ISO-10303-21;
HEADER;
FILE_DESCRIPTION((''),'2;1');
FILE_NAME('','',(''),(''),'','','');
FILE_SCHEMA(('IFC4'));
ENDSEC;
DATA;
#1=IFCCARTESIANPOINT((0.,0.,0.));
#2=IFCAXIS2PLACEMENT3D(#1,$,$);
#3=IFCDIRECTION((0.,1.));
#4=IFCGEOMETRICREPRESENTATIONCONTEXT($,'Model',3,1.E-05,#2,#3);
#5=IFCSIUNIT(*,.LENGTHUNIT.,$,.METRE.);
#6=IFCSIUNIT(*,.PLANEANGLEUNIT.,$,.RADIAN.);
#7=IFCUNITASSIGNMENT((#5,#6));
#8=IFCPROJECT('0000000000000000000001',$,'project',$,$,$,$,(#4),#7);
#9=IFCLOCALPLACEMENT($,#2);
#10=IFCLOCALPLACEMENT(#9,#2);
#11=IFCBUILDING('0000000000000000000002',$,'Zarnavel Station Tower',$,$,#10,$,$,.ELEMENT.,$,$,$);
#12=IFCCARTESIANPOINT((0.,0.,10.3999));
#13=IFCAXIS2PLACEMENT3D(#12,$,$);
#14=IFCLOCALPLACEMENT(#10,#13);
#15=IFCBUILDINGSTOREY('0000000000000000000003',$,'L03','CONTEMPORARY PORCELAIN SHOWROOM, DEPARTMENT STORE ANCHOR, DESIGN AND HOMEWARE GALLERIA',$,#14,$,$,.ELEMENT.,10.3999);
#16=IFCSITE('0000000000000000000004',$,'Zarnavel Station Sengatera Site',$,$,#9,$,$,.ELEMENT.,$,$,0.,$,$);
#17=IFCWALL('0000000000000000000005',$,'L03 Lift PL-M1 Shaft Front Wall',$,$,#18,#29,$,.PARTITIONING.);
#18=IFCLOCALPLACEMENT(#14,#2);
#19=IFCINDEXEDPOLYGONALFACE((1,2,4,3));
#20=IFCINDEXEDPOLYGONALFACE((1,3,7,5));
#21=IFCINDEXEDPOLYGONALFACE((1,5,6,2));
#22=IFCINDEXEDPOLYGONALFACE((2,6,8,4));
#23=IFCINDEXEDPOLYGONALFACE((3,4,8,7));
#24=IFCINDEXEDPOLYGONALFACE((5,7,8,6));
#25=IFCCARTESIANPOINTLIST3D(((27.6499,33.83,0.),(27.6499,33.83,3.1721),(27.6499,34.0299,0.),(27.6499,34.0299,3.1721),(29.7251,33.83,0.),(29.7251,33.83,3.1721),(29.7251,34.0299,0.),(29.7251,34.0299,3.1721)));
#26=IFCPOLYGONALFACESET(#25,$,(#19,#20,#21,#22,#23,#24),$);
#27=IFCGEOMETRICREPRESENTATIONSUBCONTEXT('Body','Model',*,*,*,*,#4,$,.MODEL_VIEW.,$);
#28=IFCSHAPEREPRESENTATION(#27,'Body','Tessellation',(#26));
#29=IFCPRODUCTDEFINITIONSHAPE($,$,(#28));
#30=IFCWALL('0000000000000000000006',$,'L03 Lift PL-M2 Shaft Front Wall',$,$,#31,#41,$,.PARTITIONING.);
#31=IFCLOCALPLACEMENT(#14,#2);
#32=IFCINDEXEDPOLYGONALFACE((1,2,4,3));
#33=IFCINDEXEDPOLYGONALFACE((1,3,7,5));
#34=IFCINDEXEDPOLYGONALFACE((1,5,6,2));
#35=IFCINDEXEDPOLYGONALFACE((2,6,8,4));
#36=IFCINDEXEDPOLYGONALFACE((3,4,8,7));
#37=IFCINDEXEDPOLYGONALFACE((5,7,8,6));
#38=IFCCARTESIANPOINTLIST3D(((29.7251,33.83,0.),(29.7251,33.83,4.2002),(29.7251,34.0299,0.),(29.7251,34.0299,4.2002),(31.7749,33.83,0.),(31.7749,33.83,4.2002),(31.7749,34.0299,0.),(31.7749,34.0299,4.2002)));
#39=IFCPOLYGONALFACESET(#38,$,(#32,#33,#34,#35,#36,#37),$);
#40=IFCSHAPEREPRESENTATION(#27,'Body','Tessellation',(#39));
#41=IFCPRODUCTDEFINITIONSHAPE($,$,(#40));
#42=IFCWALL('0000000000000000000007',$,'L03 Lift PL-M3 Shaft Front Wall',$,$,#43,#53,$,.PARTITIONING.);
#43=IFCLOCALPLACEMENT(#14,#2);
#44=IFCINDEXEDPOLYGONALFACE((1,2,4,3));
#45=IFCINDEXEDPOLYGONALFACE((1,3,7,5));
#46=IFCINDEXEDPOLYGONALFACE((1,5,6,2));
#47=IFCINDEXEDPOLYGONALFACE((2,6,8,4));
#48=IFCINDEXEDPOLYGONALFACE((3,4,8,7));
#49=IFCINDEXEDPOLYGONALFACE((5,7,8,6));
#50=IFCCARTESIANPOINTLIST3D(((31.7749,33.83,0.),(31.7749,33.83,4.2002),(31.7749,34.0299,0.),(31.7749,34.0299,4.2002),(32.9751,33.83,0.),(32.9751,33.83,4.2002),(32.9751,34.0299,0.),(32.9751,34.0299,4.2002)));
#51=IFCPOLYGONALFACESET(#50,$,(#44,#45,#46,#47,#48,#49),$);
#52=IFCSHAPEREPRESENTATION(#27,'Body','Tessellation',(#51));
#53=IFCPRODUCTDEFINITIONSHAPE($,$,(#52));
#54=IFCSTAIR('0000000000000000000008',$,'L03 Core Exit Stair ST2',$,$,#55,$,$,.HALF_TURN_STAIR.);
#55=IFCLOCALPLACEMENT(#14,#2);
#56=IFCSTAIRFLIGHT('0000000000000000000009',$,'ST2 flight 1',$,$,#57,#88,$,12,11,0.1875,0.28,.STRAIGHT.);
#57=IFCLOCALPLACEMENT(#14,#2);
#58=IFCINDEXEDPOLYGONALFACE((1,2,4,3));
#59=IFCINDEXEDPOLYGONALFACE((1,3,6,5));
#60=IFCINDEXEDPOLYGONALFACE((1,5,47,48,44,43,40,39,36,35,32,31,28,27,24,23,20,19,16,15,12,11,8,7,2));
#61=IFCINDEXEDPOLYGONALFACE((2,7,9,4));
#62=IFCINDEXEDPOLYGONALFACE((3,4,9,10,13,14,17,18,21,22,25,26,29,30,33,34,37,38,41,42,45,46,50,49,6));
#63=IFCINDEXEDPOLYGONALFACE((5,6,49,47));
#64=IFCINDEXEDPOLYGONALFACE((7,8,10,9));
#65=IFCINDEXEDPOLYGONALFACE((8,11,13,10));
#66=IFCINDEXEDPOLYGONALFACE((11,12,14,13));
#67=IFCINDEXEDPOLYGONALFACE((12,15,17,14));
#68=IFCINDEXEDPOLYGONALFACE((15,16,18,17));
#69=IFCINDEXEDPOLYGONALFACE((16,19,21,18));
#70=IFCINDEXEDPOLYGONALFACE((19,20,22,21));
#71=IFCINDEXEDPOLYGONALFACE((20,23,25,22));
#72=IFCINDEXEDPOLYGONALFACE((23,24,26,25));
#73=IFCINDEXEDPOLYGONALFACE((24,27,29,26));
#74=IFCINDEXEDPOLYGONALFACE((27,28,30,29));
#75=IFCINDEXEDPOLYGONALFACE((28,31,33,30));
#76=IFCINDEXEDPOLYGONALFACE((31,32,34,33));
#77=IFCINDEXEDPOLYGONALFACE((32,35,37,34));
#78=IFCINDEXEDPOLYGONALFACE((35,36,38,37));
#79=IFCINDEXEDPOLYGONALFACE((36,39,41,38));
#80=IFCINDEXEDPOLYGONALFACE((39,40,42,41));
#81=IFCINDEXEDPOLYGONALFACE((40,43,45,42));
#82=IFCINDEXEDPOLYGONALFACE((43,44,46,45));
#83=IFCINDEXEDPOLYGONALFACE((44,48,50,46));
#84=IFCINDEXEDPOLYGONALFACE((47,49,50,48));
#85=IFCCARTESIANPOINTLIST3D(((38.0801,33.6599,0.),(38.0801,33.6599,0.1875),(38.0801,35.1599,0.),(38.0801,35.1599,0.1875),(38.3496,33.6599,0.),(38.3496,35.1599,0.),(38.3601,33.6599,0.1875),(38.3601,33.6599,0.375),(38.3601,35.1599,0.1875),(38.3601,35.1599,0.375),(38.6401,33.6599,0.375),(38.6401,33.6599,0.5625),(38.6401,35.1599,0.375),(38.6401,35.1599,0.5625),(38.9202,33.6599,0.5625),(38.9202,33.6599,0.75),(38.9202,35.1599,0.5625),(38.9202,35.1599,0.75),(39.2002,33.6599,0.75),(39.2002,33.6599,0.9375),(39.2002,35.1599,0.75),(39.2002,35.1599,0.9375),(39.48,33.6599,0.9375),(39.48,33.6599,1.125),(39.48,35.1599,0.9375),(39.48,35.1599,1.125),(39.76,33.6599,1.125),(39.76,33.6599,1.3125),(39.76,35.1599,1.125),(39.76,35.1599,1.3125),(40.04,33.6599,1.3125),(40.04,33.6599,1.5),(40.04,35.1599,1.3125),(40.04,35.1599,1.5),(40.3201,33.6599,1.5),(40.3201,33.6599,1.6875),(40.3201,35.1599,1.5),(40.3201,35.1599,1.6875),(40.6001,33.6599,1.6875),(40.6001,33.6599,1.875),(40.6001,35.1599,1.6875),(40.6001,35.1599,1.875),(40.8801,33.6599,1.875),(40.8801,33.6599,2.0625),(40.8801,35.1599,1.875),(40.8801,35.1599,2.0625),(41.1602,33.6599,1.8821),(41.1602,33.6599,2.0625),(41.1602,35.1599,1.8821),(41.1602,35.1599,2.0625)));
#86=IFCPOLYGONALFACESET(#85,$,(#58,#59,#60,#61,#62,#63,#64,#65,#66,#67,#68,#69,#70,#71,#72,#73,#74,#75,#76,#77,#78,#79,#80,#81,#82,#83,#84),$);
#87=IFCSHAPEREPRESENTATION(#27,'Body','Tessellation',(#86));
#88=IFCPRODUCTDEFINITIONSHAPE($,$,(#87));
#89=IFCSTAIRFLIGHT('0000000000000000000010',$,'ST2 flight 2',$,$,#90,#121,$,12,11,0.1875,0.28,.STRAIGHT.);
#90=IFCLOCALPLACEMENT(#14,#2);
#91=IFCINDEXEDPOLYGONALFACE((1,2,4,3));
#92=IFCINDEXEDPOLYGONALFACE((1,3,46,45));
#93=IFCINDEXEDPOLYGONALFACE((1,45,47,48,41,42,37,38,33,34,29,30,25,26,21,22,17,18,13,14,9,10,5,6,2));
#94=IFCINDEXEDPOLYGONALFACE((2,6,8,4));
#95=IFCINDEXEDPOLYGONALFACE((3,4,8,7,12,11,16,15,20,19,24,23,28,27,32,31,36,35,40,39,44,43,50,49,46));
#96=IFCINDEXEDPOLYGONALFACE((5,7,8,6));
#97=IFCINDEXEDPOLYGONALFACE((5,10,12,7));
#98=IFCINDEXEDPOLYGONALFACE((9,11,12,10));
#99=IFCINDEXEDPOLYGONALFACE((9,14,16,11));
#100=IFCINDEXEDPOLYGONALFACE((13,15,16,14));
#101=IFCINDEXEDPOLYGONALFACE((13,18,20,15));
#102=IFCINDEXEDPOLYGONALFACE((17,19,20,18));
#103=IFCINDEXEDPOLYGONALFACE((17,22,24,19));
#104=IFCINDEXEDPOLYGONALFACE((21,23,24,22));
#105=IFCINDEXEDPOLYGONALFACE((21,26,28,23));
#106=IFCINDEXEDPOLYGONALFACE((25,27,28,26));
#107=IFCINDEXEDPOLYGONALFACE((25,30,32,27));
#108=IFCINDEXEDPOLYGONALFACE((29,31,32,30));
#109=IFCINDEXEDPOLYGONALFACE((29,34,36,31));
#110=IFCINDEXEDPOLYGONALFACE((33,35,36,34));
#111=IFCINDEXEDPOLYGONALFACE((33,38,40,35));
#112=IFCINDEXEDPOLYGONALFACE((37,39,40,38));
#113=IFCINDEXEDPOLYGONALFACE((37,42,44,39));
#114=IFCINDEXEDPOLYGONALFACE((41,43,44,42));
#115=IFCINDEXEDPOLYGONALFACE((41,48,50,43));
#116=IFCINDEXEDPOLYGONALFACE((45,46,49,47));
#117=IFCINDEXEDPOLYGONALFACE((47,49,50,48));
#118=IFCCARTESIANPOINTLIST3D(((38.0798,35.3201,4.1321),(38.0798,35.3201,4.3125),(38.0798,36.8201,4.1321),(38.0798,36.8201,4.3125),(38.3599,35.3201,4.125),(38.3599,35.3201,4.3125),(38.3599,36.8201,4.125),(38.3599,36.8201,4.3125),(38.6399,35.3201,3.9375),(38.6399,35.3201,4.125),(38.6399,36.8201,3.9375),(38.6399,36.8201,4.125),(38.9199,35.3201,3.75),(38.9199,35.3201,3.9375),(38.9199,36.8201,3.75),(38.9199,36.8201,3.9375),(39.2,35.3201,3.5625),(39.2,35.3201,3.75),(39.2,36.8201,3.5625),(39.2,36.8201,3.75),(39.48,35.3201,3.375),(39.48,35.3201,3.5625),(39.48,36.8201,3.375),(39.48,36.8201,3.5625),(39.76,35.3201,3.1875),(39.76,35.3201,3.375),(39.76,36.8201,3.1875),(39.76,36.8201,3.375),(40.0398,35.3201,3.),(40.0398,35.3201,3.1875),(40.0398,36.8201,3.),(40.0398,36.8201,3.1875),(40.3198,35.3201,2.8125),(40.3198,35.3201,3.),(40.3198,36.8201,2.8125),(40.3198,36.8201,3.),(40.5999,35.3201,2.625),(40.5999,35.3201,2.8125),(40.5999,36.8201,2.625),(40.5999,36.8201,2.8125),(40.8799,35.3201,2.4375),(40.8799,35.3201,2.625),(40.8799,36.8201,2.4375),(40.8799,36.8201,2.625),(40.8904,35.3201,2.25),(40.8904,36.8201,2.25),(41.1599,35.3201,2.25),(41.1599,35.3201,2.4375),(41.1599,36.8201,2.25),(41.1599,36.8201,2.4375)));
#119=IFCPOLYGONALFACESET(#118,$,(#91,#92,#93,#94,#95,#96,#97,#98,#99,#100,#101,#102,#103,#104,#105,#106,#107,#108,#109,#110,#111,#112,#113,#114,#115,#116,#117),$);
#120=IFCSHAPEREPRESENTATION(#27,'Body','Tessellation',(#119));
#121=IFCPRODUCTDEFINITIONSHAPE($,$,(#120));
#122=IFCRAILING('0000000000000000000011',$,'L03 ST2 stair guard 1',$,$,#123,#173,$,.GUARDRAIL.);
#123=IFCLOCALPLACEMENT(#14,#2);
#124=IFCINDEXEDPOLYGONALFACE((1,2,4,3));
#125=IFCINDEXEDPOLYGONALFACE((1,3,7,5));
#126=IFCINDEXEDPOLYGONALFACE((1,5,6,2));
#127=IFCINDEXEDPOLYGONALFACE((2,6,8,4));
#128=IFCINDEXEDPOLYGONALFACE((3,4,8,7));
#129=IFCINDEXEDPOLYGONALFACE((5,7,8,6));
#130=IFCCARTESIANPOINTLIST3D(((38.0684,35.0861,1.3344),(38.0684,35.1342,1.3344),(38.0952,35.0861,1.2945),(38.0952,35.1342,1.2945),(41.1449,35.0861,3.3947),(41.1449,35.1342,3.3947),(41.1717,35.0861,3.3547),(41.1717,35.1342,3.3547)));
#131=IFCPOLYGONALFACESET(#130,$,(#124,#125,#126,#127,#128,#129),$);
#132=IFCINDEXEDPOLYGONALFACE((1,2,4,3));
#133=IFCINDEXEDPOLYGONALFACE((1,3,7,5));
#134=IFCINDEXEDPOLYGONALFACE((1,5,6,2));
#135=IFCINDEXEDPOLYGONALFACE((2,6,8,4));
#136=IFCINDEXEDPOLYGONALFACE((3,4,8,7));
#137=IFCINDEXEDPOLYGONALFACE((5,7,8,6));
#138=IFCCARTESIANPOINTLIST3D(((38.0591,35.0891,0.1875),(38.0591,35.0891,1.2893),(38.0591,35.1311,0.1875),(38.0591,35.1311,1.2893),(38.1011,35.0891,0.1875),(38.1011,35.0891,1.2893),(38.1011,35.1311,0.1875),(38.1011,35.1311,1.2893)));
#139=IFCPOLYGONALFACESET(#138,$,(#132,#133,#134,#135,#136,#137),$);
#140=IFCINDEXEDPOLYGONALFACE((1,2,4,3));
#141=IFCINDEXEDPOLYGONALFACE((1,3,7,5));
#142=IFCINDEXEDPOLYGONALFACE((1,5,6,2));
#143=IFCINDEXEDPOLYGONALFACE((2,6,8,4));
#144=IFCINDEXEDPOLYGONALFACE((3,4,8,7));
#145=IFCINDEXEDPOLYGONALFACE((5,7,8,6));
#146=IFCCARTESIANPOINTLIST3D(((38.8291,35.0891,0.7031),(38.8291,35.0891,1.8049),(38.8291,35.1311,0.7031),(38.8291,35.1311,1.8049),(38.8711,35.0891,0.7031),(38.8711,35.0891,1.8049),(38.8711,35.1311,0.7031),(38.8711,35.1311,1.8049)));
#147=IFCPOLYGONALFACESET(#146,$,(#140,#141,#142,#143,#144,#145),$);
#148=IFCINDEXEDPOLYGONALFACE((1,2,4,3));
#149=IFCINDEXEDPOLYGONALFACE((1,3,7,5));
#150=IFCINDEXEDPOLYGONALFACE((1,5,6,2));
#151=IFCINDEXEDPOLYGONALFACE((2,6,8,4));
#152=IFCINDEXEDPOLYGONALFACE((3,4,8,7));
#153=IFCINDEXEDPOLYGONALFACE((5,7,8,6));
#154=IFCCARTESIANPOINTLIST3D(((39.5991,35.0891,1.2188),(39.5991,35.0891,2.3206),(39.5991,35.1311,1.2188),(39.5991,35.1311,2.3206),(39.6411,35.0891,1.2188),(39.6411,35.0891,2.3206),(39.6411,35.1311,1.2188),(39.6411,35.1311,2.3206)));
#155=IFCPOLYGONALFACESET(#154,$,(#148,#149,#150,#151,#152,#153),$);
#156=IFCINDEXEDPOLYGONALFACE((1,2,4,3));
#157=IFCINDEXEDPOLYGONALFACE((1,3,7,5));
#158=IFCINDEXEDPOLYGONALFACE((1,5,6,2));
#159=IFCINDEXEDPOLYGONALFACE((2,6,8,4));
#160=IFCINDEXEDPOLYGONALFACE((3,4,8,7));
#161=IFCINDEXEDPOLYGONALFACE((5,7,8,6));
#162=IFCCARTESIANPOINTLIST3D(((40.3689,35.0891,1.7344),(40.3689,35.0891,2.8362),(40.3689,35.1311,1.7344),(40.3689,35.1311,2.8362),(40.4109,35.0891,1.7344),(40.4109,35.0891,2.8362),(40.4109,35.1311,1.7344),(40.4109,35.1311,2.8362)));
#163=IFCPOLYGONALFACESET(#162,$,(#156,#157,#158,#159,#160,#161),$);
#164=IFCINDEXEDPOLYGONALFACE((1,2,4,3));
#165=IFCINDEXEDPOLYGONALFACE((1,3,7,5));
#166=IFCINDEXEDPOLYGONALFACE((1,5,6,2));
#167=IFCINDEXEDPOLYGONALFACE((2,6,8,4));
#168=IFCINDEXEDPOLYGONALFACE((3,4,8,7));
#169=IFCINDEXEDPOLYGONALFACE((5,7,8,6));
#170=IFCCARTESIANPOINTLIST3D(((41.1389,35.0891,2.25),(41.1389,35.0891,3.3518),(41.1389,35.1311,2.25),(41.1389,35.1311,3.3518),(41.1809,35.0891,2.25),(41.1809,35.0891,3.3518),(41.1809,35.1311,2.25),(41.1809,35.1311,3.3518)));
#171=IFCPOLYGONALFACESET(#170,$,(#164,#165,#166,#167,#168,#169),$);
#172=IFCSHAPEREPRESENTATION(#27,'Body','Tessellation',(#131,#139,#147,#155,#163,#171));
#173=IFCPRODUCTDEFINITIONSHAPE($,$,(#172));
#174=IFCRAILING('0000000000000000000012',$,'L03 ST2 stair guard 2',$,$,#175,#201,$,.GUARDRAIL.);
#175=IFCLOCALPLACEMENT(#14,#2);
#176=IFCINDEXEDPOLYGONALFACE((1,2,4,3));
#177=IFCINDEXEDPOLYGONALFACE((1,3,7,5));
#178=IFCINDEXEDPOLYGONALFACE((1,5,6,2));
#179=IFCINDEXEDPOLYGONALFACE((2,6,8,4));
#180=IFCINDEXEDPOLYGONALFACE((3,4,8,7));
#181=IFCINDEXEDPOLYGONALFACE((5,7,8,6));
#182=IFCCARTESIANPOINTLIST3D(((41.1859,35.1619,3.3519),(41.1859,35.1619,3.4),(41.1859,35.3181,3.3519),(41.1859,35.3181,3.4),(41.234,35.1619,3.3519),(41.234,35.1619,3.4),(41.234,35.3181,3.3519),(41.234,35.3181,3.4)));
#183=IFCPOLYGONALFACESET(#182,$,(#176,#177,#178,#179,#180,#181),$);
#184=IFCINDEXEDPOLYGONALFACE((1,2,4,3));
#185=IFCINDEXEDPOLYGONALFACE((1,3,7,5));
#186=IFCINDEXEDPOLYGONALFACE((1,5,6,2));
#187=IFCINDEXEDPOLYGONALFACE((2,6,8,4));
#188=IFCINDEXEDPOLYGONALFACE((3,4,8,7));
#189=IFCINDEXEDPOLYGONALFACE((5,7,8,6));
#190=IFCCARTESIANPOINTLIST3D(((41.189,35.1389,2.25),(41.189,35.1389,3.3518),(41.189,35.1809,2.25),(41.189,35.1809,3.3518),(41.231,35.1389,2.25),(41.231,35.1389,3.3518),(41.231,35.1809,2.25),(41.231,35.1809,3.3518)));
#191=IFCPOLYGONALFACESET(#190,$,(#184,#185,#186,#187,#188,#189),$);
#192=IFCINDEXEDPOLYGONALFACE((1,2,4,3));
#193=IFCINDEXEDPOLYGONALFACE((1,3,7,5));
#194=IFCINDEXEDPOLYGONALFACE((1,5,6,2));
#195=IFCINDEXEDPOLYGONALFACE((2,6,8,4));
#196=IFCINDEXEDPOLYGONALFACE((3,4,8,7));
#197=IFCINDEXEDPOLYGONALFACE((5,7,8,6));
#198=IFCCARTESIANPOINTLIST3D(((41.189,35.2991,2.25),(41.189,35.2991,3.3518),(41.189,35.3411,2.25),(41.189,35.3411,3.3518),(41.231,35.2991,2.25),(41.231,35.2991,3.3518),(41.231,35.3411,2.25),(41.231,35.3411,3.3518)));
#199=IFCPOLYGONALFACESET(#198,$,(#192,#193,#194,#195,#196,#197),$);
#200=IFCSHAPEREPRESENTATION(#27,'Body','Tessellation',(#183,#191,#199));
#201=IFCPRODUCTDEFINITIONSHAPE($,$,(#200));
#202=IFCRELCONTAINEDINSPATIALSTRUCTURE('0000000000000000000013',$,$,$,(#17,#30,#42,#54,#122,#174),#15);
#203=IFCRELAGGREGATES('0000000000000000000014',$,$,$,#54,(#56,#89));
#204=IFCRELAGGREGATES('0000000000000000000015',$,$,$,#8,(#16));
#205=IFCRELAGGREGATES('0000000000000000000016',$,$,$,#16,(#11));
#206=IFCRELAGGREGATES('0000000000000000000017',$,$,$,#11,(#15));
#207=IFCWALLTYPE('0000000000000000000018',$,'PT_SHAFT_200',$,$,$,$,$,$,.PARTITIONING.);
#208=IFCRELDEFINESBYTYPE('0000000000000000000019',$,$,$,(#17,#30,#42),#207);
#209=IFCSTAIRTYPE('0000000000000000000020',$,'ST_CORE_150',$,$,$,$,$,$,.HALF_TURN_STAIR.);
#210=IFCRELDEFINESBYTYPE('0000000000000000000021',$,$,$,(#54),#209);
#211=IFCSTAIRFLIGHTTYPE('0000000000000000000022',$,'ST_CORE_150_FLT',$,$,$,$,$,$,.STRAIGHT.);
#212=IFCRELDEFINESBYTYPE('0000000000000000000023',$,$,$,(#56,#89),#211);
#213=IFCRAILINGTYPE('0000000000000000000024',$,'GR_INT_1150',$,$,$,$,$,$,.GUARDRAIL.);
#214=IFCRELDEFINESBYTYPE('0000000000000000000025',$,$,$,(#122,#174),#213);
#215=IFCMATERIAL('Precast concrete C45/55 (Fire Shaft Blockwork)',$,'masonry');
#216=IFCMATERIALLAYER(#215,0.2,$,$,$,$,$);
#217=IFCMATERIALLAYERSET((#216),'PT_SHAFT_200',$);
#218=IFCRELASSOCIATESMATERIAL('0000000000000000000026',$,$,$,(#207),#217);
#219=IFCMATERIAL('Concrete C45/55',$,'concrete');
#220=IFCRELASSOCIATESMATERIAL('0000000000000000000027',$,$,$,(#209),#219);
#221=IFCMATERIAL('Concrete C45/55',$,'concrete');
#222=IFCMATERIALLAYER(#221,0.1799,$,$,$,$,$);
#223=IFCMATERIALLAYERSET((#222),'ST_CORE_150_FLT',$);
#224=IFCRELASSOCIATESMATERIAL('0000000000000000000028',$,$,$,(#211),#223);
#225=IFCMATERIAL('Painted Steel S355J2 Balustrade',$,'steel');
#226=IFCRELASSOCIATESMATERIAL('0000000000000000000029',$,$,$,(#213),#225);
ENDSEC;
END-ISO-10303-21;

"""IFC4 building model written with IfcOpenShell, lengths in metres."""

from ifc_helpers import new_model, si_unit, direction, frame, frame_2d, origin, origin_2d, place, context, subcontext, project, spatial, polyline, rectangle, outline, extrude, material, layer, layer_set, type_object, element, aggregate, save


model = new_model("IFC4")

# Units and contexts
model_context = context("Model", 3, precision=1e-05, world=origin(), true_north=direction((0.0, 1.0)))
body_context = subcontext(model_context, "Body", "Model", "MODEL_VIEW")
ifc_project = project(units=[si_unit("LENGTHUNIT", "METRE"), si_unit("PLANEANGLEUNIT", "RADIAN")], contexts=[model_context])

# Site, building, storey
site_placement = place(None, origin())
site = spatial("IfcSite", under=ifc_project, at=site_placement, Name="Zarnavel Station Sengatera Site", CompositionType="ELEMENT", RefElevation=0.0)
building_placement = place(site_placement, origin())
building = spatial("IfcBuilding", under=site, at=building_placement, Name="Zarnavel Station Tower", CompositionType="ELEMENT")
storey_placement = place(building_placement, frame((0.0, 0.0, 10.3999)))
storey = spatial("IfcBuildingStorey", under=building, at=storey_placement, Name="L03", Description="CONTEMPORARY PORCELAIN SHOWROOM, DEPARTMENT STORE ANCHOR, DESIGN AND HOMEWARE GALLERIA", CompositionType="ELEMENT", Elevation=10.3999)

# Shared definitions
ifc_material_1 = material(Name="Precast concrete C45/55 (Fire Shaft Blockwork)", Category="masonry")
ifc_layer_1 = layer(ifc_material_1, 0.2)
ifc_layer_set_1 = layer_set([ifc_layer_1], Name="PT_SHAFT_200")
wall_type_1 = type_object("IfcWallType", Name="PT_SHAFT_200", PredefinedType="PARTITIONING", material=ifc_layer_set_1)

# Walls
wall_1_placement = place(storey_placement, frame((27.6499, 33.9299, 0.0), z_axis=(0.0, 0.0, 1.0), x_axis=(1.0, 0.0, 0.0)))
element("IfcWall", 1, at=wall_1_placement, inside=storey, type_object=wall_type_1, Name="L03 Lift PL-M1 Shaft Front Wall", PredefinedType="PARTITIONING", context=body_context, shape_type="SweptSolid", body=[
    extrude(rectangle(XDim=2.0752, YDim=0.2, at=frame_2d((1.0376, 0.0))), origin(), (0.0, 0.0, 1.0), 3.1721),
])
wall_2_placement = place(storey_placement, frame((29.7251, 33.9299, 0.0), z_axis=(0.0, 0.0, 1.0), x_axis=(1.0, 0.0, 0.0)))
element("IfcWall", 2, at=wall_2_placement, inside=storey, type_object=wall_type_1, Name="L03 Lift PL-M2 Shaft Front Wall", PredefinedType="PARTITIONING", context=body_context, shape_type="SweptSolid", body=[
    extrude(rectangle(XDim=2.0498, YDim=0.2, at=frame_2d((1.0249, 0.0))), origin(), (0.0, 0.0, 1.0), 4.2002),
])
wall_3_placement = place(storey_placement, frame((31.7749, 33.9299, 0.0), z_axis=(0.0, 0.0, 1.0), x_axis=(1.0, 0.0, 0.0)))
element("IfcWall", 3, at=wall_3_placement, inside=storey, type_object=wall_type_1, Name="L03 Lift PL-M3 Shaft Front Wall", PredefinedType="PARTITIONING", context=body_context, shape_type="SweptSolid", body=[
    extrude(rectangle(XDim=1.2002, YDim=0.2, at=frame_2d((0.6001, 0.0))), origin(), (0.0, 0.0, 1.0), 4.2002),
])

# Stair, stair flights
ifc_material_2 = material(Name="Concrete C45/55", Category="concrete")
stair_type = type_object("IfcStairType", Name="ST_CORE_150", PredefinedType="HALF_TURN_STAIR", material=ifc_material_2)
stair_placement = place(storey_placement, origin())
stair = element("IfcStair", 4, at=stair_placement, inside=storey, type_object=stair_type, Name="L03 Core Exit Stair ST2", PredefinedType="HALF_TURN_STAIR")
ifc_material_3 = material(Name="Concrete C45/55", Category="concrete")
ifc_layer_2 = layer(ifc_material_3, 0.1799)
ifc_layer_set_2 = layer_set([ifc_layer_2], Name="ST_CORE_150_FLT")
stair_flight_type = type_object("IfcStairFlightType", Name="ST_CORE_150_FLT", PredefinedType="STRAIGHT", material=ifc_layer_set_2)
stair_flight_1_placement = place(storey_placement, frame((38.0801, 34.4099, 0.0), z_axis=(0.0, 0.0, 1.0), x_axis=(1.0, 0.0, 0.0)))
stair_flight_1 = element("IfcStairFlight", 5, at=stair_flight_1_placement, type_object=stair_flight_type, Name="ST2 flight 1", NumberOfRisers=12, NumberOfTreads=11, PredefinedType="STRAIGHT", RiserHeight=0.1875, TreadLength=0.28, context=body_context, shape_type="SweptSolid", body=[
    extrude(outline(polyline([(0.0, 0.0), (0.0, 0.1875), (0.28, 0.1875), (0.28, 0.375), (0.5601, 0.375), (0.5601, 0.5625), (0.8401, 0.5625), (0.8401, 0.75), (1.1201, 0.75), (1.1201, 0.9375), (1.3999, 0.9375), (1.3999, 1.125), (1.6799, 1.125), (1.6799, 1.3125), (1.96, 1.3125), (1.96, 1.5), (2.24, 1.5), (2.24, 1.6875), (2.52, 1.6875), (2.52, 1.875), (2.8, 1.875), (2.8, 2.0625), (3.0801, 2.0625), (3.0801, 2.25), (3.0801, 1.8821), (0.2695, 0.0), (0.0, 0.0)])), frame((0.0, 0.75, 0.0), z_axis=(0.0, -1.0, 0.0), x_axis=(1.0, 0.0, 0.0)), (0.0, 0.0, 1.0), 1.5),
])
stair_flight_2_placement = place(storey_placement, frame((41.1599, 36.0701, 2.25), z_axis=(0.0, 0.0, 1.0), x_axis=(-1.0, 0.0, 0.0)))
stair_flight_2 = element("IfcStairFlight", 6, at=stair_flight_2_placement, type_object=stair_flight_type, Name="ST2 flight 2", NumberOfRisers=12, NumberOfTreads=11, PredefinedType="STRAIGHT", RiserHeight=0.1875, TreadLength=0.28, context=body_context, shape_type="SweptSolid", body=[
    extrude(outline(polyline([(0.0, 0.0), (0.0, 0.1875), (0.28, 0.1875), (0.28, 0.375), (0.5601, 0.375), (0.5601, 0.5625), (0.8401, 0.5625), (0.8401, 0.75), (1.1201, 0.75), (1.1201, 0.9375), (1.3999, 0.9375), (1.3999, 1.125), (1.6799, 1.125), (1.6799, 1.3125), (1.96, 1.3125), (1.96, 1.5), (2.24, 1.5), (2.24, 1.6875), (2.52, 1.6875), (2.52, 1.875), (2.8, 1.875), (2.8, 2.0625), (3.0801, 2.0625), (3.0801, 2.25), (3.0801, 1.8821), (0.2695, 0.0), (0.0, 0.0)])), frame((0.0, 0.75, 0.0), z_axis=(0.0, -1.0, 0.0), x_axis=(1.0, 0.0, 0.0)), (0.0, 0.0, 1.0), 1.5),
])
aggregate(stair, [stair_flight_1, stair_flight_2])

# Railings
ifc_material_4 = material(Name="Painted Steel S355J2 Balustrade", Category="steel")
railing_type_1 = type_object("IfcRailingType", Name="GR_INT_1150", PredefinedType="GUARDRAIL", material=ifc_material_4)
railing_1_placement = place(storey_placement, frame((38.0801, 35.1101, 0.1875)))
element("IfcRailing", 7, at=railing_1_placement, inside=storey, type_object=railing_type_1, Name="L03 ST2 stair guard 1", PredefinedType="GUARDRAIL", context=body_context, shape_type="SweptSolid", body=[
    extrude(rectangle(XDim=0.0481, YDim=0.0481, at=origin_2d()), frame((0.0017, 0.0, 1.127), z_axis=(0.830893, 0.0, 0.556432), x_axis=(0.0, 1.0, 0.0)), (0.0, 0.0, 1.0), 3.7026),
    extrude(rectangle(XDim=0.042, YDim=0.042, at=origin_2d()), origin(), (0.0, 0.0, 1.0), 1.1018),
    extrude(rectangle(XDim=0.042, YDim=0.042, at=origin_2d()), frame((0.77, 0.0, 0.5156)), (0.0, 0.0, 1.0), 1.1018),
    extrude(rectangle(XDim=0.042, YDim=0.042, at=origin_2d()), frame((1.54, 0.0, 1.0312)), (0.0, 0.0, 1.0), 1.1018),
    extrude(rectangle(XDim=0.042, YDim=0.042, at=origin_2d()), frame((2.3098, 0.0, 1.5469)), (0.0, 0.0, 1.0), 1.1018),
    extrude(rectangle(XDim=0.042, YDim=0.042, at=origin_2d()), frame((3.0798, 0.0, 2.0625)), (0.0, 0.0, 1.0), 1.1018),
])
railing_2_placement = place(storey_placement, frame((41.21, 35.1599, 2.25)))
element("IfcRailing", 8, at=railing_2_placement, inside=storey, type_object=railing_type_1, Name="L03 ST2 stair guard 2", PredefinedType="GUARDRAIL", context=body_context, shape_type="SweptSolid", body=[
    extrude(rectangle(XDim=0.0481, YDim=0.0481, at=origin_2d()), frame((0.0, 0.002, 1.126), z_axis=(0.0, 1.0, 0.0), x_axis=(-1.0, 0.0, 0.0)), (0.0, 0.0, 1.0), 0.1562),
    extrude(rectangle(XDim=0.042, YDim=0.042, at=origin_2d()), origin(), (0.0, 0.0, 1.0), 1.1018),
    extrude(rectangle(XDim=0.042, YDim=0.042, at=origin_2d()), frame((0.0, 0.1602, 0.0)), (0.0, 0.0, 1.0), 1.1018),
])

save(model, "model.ifc")
